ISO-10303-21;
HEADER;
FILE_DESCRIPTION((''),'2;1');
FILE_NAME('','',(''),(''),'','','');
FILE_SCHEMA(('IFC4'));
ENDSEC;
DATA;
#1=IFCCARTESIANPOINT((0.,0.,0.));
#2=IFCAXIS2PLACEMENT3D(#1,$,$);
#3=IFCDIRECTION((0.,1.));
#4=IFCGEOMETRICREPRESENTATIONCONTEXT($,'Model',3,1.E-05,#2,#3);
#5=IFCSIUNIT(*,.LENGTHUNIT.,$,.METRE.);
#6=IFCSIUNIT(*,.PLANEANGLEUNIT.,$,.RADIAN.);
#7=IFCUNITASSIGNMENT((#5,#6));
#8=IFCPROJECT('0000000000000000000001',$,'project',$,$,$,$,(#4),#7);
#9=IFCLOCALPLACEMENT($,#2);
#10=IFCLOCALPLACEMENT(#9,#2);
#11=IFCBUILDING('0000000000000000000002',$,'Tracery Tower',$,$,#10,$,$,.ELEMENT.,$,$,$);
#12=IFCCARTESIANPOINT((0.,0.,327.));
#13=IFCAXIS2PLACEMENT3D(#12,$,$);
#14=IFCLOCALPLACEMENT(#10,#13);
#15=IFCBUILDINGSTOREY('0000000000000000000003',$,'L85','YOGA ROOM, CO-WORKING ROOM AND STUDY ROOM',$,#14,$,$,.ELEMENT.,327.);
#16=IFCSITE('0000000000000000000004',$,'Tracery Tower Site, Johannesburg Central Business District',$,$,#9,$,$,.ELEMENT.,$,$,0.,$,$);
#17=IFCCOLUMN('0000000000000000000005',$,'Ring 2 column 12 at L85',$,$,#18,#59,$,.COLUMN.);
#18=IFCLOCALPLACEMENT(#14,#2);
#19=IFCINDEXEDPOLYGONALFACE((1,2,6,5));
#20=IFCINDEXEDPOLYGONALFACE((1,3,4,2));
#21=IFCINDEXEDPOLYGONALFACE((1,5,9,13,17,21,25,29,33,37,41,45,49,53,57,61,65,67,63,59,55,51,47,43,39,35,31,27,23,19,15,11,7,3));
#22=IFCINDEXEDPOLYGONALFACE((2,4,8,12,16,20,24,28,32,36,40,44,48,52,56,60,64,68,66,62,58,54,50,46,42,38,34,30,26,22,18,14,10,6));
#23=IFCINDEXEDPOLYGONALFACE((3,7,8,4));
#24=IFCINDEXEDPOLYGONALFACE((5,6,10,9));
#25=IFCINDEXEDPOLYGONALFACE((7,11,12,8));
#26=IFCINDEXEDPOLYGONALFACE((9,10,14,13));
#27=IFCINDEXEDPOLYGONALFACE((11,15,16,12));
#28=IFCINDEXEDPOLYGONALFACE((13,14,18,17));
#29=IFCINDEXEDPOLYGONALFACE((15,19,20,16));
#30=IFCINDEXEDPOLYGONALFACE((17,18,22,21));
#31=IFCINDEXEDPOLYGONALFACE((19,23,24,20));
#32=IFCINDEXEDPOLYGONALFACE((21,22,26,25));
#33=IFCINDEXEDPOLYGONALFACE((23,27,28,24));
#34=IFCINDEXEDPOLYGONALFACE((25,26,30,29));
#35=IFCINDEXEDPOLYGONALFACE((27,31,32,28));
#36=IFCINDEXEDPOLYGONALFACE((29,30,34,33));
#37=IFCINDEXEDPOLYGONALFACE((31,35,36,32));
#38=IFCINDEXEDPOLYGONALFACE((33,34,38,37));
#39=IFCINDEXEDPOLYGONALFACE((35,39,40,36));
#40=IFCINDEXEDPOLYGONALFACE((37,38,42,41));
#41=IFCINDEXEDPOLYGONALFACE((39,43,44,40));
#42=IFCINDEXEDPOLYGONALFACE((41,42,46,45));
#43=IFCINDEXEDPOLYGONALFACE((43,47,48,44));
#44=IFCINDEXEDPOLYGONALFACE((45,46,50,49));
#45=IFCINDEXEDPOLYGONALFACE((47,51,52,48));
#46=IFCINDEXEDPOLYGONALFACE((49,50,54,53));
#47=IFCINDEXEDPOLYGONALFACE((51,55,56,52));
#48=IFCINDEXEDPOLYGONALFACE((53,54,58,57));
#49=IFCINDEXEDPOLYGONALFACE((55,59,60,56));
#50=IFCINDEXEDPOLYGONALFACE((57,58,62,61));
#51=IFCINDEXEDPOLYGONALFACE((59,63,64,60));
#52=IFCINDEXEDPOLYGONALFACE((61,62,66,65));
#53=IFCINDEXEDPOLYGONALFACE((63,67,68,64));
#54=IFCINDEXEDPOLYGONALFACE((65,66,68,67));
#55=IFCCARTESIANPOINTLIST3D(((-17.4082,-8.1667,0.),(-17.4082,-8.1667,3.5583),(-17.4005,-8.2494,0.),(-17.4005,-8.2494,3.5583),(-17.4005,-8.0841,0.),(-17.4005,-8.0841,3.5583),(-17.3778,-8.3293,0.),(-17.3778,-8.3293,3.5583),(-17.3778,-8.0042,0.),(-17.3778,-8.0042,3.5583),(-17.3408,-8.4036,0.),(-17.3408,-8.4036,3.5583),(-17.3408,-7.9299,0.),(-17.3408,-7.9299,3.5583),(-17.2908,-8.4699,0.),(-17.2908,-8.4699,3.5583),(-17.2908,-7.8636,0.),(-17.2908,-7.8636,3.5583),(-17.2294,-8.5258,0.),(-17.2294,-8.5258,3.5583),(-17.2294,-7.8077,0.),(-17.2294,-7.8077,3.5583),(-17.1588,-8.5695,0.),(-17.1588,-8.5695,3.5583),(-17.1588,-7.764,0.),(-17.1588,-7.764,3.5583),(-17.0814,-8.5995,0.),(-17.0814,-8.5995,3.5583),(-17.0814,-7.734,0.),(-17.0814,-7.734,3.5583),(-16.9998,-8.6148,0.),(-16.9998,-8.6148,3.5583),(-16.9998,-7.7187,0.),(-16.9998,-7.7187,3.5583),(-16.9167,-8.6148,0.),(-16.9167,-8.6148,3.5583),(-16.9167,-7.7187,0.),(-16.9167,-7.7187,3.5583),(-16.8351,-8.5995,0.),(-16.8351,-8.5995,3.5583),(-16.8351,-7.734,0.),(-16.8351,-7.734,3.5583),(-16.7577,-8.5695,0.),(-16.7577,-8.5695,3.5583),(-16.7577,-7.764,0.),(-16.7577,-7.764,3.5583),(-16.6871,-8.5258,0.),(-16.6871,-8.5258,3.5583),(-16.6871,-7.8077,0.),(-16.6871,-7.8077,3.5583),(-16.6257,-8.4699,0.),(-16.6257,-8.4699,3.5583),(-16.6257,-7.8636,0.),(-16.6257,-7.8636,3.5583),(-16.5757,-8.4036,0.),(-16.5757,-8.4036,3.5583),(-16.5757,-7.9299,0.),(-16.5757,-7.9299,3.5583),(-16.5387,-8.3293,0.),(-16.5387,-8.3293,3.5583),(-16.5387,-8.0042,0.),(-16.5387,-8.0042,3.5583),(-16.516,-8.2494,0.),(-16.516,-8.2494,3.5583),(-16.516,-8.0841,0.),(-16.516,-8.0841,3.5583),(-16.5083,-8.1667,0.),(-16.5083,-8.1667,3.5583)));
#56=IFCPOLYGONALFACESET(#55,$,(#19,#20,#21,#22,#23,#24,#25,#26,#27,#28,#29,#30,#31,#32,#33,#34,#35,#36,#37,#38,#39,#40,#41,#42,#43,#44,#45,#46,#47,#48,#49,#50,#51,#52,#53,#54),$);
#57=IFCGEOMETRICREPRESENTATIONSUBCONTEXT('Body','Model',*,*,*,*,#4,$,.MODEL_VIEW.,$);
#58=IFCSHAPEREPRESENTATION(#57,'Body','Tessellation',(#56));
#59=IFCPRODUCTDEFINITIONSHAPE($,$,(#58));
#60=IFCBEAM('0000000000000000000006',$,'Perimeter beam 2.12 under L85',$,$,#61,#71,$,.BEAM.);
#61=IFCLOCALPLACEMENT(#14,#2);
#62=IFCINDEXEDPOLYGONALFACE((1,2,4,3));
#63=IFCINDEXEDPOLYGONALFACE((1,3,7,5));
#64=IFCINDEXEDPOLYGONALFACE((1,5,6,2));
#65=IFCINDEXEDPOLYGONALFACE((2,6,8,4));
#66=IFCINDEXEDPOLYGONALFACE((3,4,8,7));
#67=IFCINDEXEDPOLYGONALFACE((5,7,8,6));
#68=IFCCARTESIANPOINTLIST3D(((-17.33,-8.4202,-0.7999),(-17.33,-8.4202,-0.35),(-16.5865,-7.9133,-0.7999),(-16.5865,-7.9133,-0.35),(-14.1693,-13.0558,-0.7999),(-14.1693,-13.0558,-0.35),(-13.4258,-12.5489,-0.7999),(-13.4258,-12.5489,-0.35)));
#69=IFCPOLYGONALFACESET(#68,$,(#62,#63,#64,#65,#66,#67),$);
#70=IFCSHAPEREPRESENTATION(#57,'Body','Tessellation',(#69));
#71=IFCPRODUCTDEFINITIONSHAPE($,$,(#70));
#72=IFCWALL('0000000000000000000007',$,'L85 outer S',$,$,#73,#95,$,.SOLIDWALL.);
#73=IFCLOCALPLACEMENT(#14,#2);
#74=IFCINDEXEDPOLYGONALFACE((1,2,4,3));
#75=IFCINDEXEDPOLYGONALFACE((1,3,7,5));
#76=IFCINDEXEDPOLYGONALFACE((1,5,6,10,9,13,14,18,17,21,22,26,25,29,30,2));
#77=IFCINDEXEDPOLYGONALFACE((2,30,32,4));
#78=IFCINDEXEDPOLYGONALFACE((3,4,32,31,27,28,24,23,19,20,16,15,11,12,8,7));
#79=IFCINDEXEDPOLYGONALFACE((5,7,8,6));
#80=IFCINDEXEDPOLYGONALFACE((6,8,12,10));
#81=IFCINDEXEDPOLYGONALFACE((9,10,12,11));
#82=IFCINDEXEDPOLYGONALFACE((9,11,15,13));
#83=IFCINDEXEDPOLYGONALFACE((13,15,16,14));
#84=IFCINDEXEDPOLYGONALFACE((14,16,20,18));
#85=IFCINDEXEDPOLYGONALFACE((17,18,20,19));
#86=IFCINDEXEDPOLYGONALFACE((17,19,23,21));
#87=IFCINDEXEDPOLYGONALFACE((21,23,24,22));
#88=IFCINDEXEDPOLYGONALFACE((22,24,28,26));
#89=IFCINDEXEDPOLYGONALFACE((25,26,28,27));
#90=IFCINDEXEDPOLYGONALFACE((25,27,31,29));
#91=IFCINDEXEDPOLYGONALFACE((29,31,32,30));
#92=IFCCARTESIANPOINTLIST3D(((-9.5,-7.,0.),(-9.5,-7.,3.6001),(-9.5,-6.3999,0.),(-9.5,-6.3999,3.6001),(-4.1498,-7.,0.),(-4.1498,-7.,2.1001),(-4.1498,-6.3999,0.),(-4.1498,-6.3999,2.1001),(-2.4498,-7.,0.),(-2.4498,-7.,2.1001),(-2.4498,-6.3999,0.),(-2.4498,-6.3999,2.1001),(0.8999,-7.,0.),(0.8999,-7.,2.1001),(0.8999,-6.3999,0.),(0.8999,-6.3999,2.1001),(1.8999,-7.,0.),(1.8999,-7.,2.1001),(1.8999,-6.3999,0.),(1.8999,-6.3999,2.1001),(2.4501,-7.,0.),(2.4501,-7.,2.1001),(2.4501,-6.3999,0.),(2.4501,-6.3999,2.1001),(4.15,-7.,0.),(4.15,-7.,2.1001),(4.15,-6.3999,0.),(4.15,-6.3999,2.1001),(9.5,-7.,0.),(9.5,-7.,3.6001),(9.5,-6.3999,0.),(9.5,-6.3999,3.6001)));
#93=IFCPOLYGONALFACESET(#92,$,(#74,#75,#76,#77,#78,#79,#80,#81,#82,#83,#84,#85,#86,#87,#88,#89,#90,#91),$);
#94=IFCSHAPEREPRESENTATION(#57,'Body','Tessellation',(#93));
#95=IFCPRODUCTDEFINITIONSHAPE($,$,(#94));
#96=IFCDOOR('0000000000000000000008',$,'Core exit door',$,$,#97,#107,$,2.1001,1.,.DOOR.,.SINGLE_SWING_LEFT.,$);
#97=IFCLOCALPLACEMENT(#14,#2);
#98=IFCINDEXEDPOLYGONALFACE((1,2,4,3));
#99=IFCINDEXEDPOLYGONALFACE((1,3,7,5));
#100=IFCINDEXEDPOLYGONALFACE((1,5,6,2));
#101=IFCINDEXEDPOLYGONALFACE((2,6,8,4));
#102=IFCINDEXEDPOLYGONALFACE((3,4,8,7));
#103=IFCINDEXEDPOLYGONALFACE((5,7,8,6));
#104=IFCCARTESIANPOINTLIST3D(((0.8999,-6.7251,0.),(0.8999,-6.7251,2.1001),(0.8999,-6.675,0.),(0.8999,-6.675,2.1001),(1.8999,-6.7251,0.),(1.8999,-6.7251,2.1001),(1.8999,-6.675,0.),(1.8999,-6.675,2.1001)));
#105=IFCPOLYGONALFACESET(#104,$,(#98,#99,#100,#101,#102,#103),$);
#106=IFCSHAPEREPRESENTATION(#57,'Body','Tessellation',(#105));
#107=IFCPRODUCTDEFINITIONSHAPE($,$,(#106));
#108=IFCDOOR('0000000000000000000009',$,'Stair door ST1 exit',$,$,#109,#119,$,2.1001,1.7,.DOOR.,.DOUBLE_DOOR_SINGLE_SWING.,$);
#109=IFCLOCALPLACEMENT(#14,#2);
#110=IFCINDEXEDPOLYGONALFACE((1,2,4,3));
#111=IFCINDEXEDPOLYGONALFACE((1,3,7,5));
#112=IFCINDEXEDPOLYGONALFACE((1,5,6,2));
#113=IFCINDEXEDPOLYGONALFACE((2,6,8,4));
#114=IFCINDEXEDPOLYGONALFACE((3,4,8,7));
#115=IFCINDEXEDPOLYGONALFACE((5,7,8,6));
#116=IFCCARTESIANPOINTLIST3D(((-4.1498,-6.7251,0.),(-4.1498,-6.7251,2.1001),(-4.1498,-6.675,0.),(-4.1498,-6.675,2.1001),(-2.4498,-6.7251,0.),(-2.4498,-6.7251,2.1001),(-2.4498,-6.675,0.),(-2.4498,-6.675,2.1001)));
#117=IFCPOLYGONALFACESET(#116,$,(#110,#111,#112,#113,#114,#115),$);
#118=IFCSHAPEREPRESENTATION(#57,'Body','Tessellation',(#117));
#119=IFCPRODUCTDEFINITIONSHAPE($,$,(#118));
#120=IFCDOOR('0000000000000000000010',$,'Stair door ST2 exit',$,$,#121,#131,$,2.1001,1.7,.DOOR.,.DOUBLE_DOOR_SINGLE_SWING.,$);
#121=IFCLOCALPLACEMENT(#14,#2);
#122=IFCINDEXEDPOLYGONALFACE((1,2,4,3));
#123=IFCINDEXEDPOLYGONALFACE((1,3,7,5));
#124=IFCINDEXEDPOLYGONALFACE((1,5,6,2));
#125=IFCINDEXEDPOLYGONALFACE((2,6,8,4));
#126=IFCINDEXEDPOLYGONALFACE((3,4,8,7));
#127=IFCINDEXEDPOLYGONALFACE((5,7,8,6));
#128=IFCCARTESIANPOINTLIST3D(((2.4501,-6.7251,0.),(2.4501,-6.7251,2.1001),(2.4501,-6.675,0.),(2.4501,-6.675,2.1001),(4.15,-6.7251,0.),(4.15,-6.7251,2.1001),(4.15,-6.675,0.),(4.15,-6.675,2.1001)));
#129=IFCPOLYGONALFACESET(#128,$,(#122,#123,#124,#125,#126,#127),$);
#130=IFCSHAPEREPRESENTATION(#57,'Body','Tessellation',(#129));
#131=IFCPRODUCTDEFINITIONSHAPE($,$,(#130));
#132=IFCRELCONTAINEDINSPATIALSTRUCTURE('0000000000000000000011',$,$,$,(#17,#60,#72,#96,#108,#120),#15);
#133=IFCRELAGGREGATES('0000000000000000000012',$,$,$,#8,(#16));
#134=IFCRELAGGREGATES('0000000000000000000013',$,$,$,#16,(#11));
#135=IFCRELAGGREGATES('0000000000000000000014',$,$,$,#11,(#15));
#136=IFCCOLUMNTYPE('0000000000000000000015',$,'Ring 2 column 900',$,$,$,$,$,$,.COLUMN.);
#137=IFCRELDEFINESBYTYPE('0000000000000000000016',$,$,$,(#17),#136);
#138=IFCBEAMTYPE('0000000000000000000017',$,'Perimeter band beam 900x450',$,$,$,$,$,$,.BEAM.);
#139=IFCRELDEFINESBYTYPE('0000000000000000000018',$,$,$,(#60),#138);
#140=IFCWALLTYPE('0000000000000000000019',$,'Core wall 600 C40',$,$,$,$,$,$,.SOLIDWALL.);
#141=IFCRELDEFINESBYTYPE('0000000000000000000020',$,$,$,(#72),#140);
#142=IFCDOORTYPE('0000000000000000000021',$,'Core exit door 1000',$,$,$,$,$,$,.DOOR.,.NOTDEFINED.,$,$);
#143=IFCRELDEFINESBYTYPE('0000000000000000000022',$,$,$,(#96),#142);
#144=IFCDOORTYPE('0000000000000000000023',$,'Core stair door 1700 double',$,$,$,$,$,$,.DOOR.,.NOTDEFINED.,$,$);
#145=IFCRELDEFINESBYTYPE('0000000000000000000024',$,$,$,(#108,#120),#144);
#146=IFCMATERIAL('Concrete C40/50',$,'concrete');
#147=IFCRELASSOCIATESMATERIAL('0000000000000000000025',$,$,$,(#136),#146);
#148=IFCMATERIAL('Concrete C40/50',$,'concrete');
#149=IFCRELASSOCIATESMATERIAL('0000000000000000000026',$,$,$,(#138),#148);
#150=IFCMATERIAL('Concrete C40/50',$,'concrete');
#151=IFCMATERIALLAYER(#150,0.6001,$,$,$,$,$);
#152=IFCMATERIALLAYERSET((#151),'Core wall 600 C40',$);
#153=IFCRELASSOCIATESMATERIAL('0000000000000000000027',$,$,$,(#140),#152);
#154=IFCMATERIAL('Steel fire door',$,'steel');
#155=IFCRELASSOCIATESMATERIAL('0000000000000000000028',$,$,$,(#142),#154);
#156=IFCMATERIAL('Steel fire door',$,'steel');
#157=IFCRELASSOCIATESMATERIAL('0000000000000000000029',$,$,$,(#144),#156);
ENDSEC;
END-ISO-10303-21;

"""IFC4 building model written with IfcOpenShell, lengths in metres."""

from ifc_helpers import new_model, si_unit, direction, frame, frame_2d, origin, origin_2d, place, context, subcontext, project, spatial, rectangle, circle, extrude, material, layer, layer_set, material_profile, profile_set, type_object, element, fill, save


model = new_model("IFC4")

# Units and contexts
model_context = context("Model", 3, precision=1e-05, world=origin(), true_north=direction((0.0, 1.0)))
body_context = subcontext(model_context, "Body", "Model", "MODEL_VIEW")
ifc_project = project(units=[si_unit("LENGTHUNIT", "METRE"), si_unit("PLANEANGLEUNIT", "RADIAN")], contexts=[model_context])

# Site, building, storey
site_placement = place(None, origin())
site = spatial("IfcSite", under=ifc_project, at=site_placement, Name="Tracery Tower Site, Johannesburg Central Business District", CompositionType="ELEMENT", RefElevation=0.0)
building_placement = place(site_placement, origin())
building = spatial("IfcBuilding", under=site, at=building_placement, Name="Tracery Tower", CompositionType="ELEMENT")
storey_placement = place(building_placement, frame((0.0, 0.0, 327.0)))
storey = spatial("IfcBuildingStorey", under=building, at=storey_placement, Name="L85", Description="YOGA ROOM, CO-WORKING ROOM AND STUDY ROOM", CompositionType="ELEMENT", Elevation=327.0)

# Column
ifc_material_1 = material(Name="Concrete C40/50", Category="concrete")
ifc_material_profile_1 = material_profile(ifc_material_1, circle(Radius=0.45, at=origin_2d()), Name="RC D900")
ifc_profile_set_1 = profile_set([ifc_material_profile_1], Name="Concrete C40/50")
column_type = type_object("IfcColumnType", Name="Ring 2 column 900", PredefinedType="COLUMN", material=ifc_profile_set_1)
column_placement = place(storey_placement, frame((-16.9583, -8.1667, 0.0), z_axis=(0.0, 0.0, 1.0), x_axis=(1.0, 0.0, 0.0)))
element("IfcColumn", 1, at=column_placement, inside=storey, type_object=column_type, Name="Ring 2 column 12 at L85", PredefinedType="COLUMN", context=body_context, shape_type="SweptSolid", body=[
    extrude(circle(Radius=0.45, at=origin_2d()), origin(), (0.0, 0.0, 1.0), 3.5583),
])

# Beam
ifc_material_2 = material(Name="Concrete C40/50", Category="concrete")
ifc_material_profile_2 = material_profile(ifc_material_2, rectangle(XDim=0.8999, YDim=0.45, at=origin_2d()), Name="RC 900x450")
ifc_profile_set_2 = profile_set([ifc_material_profile_2], Name="Concrete C40/50")
beam_type = type_object("IfcBeamType", Name="Perimeter band beam 900x450", PredefinedType="BEAM", material=ifc_profile_set_2)
beam_placement = place(storey_placement, frame((-16.9583, -8.1667, -0.575), z_axis=(0.563346, -0.826221, 0.0), x_axis=(0.826221, 0.563346, 0.0)))
element("IfcBeam", 2, at=beam_placement, inside=storey, type_object=beam_type, Name="Perimeter beam 2.12 under L85", PredefinedType="BEAM", context=body_context, shape_type="SweptSolid", body=[
    extrude(rectangle(XDim=0.8999, YDim=0.45, at=origin_2d()), origin(), (0.0, 0.0, 1.0), 5.6106),
])

# Wall, openings, doors
ifc_material_3 = material(Name="Concrete C40/50", Category="concrete")
ifc_layer_1 = layer(ifc_material_3, 0.6001)
ifc_layer_set_1 = layer_set([ifc_layer_1], Name="Core wall 600 C40")
wall_type_1 = type_object("IfcWallType", Name="Core wall 600 C40", PredefinedType="SOLIDWALL", material=ifc_layer_set_1)
wall_1_placement = place(storey_placement, frame((-9.5, -6.7, 0.0), z_axis=(0.0, 0.0, 1.0), x_axis=(1.0, 0.0, 0.0)))
wall_1 = element("IfcWall", 3, at=wall_1_placement, inside=storey, type_object=wall_type_1, Name="L85 outer S", PredefinedType="SOLIDWALL", context=body_context, shape_type="SweptSolid", body=[
    extrude(rectangle(XDim=19.0, YDim=0.6001, at=frame_2d((9.5, 0.0))), origin(), (0.0, 0.0, 1.0), 3.6001),
])
opening_1_placement = place(wall_1_placement, frame((10.3999, 0.0, 0.0)))
opening_1 = element("IfcOpeningElement", 4, at=opening_1_placement, cuts=wall_1, PredefinedType="OPENING", context=body_context, shape_type="SweptSolid", body=[
    extrude(rectangle(XDim=1.0, YDim=2.1001, at=frame_2d((0.5, 1.05))), frame((0.0, 0.3, 0.0), z_axis=(0.0, -1.0, 0.0), x_axis=(1.0, 0.0, 0.0)), (0.0, 0.0, 1.0), 0.6001),
])
opening_2_placement = place(wall_1_placement, frame((5.3501, 0.0, 0.0)))
opening_2 = element("IfcOpeningElement", 5, at=opening_2_placement, cuts=wall_1, PredefinedType="OPENING", context=body_context, shape_type="SweptSolid", body=[
    extrude(rectangle(XDim=1.7, YDim=2.1001, at=frame_2d((0.8501, 1.05))), frame((0.0, 0.3, 0.0), z_axis=(0.0, -1.0, 0.0), x_axis=(1.0, 0.0, 0.0)), (0.0, 0.0, 1.0), 0.6001),
])
opening_3_placement = place(wall_1_placement, frame((11.95, 0.0, 0.0)))
opening_3 = element("IfcOpeningElement", 6, at=opening_3_placement, cuts=wall_1, PredefinedType="OPENING", context=body_context, shape_type="SweptSolid", body=[
    extrude(rectangle(XDim=1.7, YDim=2.1001, at=frame_2d((0.8501, 1.05))), frame((0.0, 0.3, 0.0), z_axis=(0.0, -1.0, 0.0), x_axis=(1.0, 0.0, 0.0)), (0.0, 0.0, 1.0), 0.6001),
])
ifc_material_4 = material(Name="Steel fire door", Category="steel")
door_type_1 = type_object("IfcDoorType", Name="Core exit door 1000", OperationType="NOTDEFINED", PredefinedType="DOOR", material=ifc_material_4)
door_1_placement = place(opening_1_placement, origin())
door_1 = element("IfcDoor", 7, at=door_1_placement, inside=storey, type_object=door_type_1, Name="Core exit door", OperationType="SINGLE_SWING_LEFT", OverallHeight=2.1001, OverallWidth=1.0, PredefinedType="DOOR", context=body_context, shape_type="SweptSolid", body=[
    extrude(rectangle(XDim=1.0, YDim=2.1001, at=frame_2d((0.5, 1.05))), frame((0.0, 0.0249, 0.0), z_axis=(0.0, -1.0, 0.0), x_axis=(1.0, 0.0, 0.0)), (0.0, 0.0, 1.0), 0.05),
])
fill(opening_1, door_1)
ifc_material_5 = material(Name="Steel fire door", Category="steel")
door_type_2 = type_object("IfcDoorType", Name="Core stair door 1700 double", OperationType="NOTDEFINED", PredefinedType="DOOR", material=ifc_material_5)
door_2_placement = place(opening_2_placement, origin())
door_2 = element("IfcDoor", 8, at=door_2_placement, inside=storey, type_object=door_type_2, Name="Stair door ST1 exit", OperationType="DOUBLE_DOOR_SINGLE_SWING", OverallHeight=2.1001, OverallWidth=1.7, PredefinedType="DOOR", context=body_context, shape_type="SweptSolid", body=[
    extrude(rectangle(XDim=1.7, YDim=2.1001, at=frame_2d((0.8501, 1.05))), frame((0.0, 0.0249, 0.0), z_axis=(0.0, -1.0, 0.0), x_axis=(1.0, 0.0, 0.0)), (0.0, 0.0, 1.0), 0.05),
])
fill(opening_2, door_2)
door_3_placement = place(opening_3_placement, origin())
door_3 = element("IfcDoor", 9, at=door_3_placement, inside=storey, type_object=door_type_2, Name="Stair door ST2 exit", OperationType="DOUBLE_DOOR_SINGLE_SWING", OverallHeight=2.1001, OverallWidth=1.7, PredefinedType="DOOR", context=body_context, shape_type="SweptSolid", body=[
    extrude(rectangle(XDim=1.7, YDim=2.1001, at=frame_2d((0.8501, 1.05))), frame((0.0, 0.0249, 0.0), z_axis=(0.0, -1.0, 0.0), x_axis=(1.0, 0.0, 0.0)), (0.0, 0.0, 1.0), 0.05),
])
fill(opening_3, door_3)

save(model, "model.ifc")
